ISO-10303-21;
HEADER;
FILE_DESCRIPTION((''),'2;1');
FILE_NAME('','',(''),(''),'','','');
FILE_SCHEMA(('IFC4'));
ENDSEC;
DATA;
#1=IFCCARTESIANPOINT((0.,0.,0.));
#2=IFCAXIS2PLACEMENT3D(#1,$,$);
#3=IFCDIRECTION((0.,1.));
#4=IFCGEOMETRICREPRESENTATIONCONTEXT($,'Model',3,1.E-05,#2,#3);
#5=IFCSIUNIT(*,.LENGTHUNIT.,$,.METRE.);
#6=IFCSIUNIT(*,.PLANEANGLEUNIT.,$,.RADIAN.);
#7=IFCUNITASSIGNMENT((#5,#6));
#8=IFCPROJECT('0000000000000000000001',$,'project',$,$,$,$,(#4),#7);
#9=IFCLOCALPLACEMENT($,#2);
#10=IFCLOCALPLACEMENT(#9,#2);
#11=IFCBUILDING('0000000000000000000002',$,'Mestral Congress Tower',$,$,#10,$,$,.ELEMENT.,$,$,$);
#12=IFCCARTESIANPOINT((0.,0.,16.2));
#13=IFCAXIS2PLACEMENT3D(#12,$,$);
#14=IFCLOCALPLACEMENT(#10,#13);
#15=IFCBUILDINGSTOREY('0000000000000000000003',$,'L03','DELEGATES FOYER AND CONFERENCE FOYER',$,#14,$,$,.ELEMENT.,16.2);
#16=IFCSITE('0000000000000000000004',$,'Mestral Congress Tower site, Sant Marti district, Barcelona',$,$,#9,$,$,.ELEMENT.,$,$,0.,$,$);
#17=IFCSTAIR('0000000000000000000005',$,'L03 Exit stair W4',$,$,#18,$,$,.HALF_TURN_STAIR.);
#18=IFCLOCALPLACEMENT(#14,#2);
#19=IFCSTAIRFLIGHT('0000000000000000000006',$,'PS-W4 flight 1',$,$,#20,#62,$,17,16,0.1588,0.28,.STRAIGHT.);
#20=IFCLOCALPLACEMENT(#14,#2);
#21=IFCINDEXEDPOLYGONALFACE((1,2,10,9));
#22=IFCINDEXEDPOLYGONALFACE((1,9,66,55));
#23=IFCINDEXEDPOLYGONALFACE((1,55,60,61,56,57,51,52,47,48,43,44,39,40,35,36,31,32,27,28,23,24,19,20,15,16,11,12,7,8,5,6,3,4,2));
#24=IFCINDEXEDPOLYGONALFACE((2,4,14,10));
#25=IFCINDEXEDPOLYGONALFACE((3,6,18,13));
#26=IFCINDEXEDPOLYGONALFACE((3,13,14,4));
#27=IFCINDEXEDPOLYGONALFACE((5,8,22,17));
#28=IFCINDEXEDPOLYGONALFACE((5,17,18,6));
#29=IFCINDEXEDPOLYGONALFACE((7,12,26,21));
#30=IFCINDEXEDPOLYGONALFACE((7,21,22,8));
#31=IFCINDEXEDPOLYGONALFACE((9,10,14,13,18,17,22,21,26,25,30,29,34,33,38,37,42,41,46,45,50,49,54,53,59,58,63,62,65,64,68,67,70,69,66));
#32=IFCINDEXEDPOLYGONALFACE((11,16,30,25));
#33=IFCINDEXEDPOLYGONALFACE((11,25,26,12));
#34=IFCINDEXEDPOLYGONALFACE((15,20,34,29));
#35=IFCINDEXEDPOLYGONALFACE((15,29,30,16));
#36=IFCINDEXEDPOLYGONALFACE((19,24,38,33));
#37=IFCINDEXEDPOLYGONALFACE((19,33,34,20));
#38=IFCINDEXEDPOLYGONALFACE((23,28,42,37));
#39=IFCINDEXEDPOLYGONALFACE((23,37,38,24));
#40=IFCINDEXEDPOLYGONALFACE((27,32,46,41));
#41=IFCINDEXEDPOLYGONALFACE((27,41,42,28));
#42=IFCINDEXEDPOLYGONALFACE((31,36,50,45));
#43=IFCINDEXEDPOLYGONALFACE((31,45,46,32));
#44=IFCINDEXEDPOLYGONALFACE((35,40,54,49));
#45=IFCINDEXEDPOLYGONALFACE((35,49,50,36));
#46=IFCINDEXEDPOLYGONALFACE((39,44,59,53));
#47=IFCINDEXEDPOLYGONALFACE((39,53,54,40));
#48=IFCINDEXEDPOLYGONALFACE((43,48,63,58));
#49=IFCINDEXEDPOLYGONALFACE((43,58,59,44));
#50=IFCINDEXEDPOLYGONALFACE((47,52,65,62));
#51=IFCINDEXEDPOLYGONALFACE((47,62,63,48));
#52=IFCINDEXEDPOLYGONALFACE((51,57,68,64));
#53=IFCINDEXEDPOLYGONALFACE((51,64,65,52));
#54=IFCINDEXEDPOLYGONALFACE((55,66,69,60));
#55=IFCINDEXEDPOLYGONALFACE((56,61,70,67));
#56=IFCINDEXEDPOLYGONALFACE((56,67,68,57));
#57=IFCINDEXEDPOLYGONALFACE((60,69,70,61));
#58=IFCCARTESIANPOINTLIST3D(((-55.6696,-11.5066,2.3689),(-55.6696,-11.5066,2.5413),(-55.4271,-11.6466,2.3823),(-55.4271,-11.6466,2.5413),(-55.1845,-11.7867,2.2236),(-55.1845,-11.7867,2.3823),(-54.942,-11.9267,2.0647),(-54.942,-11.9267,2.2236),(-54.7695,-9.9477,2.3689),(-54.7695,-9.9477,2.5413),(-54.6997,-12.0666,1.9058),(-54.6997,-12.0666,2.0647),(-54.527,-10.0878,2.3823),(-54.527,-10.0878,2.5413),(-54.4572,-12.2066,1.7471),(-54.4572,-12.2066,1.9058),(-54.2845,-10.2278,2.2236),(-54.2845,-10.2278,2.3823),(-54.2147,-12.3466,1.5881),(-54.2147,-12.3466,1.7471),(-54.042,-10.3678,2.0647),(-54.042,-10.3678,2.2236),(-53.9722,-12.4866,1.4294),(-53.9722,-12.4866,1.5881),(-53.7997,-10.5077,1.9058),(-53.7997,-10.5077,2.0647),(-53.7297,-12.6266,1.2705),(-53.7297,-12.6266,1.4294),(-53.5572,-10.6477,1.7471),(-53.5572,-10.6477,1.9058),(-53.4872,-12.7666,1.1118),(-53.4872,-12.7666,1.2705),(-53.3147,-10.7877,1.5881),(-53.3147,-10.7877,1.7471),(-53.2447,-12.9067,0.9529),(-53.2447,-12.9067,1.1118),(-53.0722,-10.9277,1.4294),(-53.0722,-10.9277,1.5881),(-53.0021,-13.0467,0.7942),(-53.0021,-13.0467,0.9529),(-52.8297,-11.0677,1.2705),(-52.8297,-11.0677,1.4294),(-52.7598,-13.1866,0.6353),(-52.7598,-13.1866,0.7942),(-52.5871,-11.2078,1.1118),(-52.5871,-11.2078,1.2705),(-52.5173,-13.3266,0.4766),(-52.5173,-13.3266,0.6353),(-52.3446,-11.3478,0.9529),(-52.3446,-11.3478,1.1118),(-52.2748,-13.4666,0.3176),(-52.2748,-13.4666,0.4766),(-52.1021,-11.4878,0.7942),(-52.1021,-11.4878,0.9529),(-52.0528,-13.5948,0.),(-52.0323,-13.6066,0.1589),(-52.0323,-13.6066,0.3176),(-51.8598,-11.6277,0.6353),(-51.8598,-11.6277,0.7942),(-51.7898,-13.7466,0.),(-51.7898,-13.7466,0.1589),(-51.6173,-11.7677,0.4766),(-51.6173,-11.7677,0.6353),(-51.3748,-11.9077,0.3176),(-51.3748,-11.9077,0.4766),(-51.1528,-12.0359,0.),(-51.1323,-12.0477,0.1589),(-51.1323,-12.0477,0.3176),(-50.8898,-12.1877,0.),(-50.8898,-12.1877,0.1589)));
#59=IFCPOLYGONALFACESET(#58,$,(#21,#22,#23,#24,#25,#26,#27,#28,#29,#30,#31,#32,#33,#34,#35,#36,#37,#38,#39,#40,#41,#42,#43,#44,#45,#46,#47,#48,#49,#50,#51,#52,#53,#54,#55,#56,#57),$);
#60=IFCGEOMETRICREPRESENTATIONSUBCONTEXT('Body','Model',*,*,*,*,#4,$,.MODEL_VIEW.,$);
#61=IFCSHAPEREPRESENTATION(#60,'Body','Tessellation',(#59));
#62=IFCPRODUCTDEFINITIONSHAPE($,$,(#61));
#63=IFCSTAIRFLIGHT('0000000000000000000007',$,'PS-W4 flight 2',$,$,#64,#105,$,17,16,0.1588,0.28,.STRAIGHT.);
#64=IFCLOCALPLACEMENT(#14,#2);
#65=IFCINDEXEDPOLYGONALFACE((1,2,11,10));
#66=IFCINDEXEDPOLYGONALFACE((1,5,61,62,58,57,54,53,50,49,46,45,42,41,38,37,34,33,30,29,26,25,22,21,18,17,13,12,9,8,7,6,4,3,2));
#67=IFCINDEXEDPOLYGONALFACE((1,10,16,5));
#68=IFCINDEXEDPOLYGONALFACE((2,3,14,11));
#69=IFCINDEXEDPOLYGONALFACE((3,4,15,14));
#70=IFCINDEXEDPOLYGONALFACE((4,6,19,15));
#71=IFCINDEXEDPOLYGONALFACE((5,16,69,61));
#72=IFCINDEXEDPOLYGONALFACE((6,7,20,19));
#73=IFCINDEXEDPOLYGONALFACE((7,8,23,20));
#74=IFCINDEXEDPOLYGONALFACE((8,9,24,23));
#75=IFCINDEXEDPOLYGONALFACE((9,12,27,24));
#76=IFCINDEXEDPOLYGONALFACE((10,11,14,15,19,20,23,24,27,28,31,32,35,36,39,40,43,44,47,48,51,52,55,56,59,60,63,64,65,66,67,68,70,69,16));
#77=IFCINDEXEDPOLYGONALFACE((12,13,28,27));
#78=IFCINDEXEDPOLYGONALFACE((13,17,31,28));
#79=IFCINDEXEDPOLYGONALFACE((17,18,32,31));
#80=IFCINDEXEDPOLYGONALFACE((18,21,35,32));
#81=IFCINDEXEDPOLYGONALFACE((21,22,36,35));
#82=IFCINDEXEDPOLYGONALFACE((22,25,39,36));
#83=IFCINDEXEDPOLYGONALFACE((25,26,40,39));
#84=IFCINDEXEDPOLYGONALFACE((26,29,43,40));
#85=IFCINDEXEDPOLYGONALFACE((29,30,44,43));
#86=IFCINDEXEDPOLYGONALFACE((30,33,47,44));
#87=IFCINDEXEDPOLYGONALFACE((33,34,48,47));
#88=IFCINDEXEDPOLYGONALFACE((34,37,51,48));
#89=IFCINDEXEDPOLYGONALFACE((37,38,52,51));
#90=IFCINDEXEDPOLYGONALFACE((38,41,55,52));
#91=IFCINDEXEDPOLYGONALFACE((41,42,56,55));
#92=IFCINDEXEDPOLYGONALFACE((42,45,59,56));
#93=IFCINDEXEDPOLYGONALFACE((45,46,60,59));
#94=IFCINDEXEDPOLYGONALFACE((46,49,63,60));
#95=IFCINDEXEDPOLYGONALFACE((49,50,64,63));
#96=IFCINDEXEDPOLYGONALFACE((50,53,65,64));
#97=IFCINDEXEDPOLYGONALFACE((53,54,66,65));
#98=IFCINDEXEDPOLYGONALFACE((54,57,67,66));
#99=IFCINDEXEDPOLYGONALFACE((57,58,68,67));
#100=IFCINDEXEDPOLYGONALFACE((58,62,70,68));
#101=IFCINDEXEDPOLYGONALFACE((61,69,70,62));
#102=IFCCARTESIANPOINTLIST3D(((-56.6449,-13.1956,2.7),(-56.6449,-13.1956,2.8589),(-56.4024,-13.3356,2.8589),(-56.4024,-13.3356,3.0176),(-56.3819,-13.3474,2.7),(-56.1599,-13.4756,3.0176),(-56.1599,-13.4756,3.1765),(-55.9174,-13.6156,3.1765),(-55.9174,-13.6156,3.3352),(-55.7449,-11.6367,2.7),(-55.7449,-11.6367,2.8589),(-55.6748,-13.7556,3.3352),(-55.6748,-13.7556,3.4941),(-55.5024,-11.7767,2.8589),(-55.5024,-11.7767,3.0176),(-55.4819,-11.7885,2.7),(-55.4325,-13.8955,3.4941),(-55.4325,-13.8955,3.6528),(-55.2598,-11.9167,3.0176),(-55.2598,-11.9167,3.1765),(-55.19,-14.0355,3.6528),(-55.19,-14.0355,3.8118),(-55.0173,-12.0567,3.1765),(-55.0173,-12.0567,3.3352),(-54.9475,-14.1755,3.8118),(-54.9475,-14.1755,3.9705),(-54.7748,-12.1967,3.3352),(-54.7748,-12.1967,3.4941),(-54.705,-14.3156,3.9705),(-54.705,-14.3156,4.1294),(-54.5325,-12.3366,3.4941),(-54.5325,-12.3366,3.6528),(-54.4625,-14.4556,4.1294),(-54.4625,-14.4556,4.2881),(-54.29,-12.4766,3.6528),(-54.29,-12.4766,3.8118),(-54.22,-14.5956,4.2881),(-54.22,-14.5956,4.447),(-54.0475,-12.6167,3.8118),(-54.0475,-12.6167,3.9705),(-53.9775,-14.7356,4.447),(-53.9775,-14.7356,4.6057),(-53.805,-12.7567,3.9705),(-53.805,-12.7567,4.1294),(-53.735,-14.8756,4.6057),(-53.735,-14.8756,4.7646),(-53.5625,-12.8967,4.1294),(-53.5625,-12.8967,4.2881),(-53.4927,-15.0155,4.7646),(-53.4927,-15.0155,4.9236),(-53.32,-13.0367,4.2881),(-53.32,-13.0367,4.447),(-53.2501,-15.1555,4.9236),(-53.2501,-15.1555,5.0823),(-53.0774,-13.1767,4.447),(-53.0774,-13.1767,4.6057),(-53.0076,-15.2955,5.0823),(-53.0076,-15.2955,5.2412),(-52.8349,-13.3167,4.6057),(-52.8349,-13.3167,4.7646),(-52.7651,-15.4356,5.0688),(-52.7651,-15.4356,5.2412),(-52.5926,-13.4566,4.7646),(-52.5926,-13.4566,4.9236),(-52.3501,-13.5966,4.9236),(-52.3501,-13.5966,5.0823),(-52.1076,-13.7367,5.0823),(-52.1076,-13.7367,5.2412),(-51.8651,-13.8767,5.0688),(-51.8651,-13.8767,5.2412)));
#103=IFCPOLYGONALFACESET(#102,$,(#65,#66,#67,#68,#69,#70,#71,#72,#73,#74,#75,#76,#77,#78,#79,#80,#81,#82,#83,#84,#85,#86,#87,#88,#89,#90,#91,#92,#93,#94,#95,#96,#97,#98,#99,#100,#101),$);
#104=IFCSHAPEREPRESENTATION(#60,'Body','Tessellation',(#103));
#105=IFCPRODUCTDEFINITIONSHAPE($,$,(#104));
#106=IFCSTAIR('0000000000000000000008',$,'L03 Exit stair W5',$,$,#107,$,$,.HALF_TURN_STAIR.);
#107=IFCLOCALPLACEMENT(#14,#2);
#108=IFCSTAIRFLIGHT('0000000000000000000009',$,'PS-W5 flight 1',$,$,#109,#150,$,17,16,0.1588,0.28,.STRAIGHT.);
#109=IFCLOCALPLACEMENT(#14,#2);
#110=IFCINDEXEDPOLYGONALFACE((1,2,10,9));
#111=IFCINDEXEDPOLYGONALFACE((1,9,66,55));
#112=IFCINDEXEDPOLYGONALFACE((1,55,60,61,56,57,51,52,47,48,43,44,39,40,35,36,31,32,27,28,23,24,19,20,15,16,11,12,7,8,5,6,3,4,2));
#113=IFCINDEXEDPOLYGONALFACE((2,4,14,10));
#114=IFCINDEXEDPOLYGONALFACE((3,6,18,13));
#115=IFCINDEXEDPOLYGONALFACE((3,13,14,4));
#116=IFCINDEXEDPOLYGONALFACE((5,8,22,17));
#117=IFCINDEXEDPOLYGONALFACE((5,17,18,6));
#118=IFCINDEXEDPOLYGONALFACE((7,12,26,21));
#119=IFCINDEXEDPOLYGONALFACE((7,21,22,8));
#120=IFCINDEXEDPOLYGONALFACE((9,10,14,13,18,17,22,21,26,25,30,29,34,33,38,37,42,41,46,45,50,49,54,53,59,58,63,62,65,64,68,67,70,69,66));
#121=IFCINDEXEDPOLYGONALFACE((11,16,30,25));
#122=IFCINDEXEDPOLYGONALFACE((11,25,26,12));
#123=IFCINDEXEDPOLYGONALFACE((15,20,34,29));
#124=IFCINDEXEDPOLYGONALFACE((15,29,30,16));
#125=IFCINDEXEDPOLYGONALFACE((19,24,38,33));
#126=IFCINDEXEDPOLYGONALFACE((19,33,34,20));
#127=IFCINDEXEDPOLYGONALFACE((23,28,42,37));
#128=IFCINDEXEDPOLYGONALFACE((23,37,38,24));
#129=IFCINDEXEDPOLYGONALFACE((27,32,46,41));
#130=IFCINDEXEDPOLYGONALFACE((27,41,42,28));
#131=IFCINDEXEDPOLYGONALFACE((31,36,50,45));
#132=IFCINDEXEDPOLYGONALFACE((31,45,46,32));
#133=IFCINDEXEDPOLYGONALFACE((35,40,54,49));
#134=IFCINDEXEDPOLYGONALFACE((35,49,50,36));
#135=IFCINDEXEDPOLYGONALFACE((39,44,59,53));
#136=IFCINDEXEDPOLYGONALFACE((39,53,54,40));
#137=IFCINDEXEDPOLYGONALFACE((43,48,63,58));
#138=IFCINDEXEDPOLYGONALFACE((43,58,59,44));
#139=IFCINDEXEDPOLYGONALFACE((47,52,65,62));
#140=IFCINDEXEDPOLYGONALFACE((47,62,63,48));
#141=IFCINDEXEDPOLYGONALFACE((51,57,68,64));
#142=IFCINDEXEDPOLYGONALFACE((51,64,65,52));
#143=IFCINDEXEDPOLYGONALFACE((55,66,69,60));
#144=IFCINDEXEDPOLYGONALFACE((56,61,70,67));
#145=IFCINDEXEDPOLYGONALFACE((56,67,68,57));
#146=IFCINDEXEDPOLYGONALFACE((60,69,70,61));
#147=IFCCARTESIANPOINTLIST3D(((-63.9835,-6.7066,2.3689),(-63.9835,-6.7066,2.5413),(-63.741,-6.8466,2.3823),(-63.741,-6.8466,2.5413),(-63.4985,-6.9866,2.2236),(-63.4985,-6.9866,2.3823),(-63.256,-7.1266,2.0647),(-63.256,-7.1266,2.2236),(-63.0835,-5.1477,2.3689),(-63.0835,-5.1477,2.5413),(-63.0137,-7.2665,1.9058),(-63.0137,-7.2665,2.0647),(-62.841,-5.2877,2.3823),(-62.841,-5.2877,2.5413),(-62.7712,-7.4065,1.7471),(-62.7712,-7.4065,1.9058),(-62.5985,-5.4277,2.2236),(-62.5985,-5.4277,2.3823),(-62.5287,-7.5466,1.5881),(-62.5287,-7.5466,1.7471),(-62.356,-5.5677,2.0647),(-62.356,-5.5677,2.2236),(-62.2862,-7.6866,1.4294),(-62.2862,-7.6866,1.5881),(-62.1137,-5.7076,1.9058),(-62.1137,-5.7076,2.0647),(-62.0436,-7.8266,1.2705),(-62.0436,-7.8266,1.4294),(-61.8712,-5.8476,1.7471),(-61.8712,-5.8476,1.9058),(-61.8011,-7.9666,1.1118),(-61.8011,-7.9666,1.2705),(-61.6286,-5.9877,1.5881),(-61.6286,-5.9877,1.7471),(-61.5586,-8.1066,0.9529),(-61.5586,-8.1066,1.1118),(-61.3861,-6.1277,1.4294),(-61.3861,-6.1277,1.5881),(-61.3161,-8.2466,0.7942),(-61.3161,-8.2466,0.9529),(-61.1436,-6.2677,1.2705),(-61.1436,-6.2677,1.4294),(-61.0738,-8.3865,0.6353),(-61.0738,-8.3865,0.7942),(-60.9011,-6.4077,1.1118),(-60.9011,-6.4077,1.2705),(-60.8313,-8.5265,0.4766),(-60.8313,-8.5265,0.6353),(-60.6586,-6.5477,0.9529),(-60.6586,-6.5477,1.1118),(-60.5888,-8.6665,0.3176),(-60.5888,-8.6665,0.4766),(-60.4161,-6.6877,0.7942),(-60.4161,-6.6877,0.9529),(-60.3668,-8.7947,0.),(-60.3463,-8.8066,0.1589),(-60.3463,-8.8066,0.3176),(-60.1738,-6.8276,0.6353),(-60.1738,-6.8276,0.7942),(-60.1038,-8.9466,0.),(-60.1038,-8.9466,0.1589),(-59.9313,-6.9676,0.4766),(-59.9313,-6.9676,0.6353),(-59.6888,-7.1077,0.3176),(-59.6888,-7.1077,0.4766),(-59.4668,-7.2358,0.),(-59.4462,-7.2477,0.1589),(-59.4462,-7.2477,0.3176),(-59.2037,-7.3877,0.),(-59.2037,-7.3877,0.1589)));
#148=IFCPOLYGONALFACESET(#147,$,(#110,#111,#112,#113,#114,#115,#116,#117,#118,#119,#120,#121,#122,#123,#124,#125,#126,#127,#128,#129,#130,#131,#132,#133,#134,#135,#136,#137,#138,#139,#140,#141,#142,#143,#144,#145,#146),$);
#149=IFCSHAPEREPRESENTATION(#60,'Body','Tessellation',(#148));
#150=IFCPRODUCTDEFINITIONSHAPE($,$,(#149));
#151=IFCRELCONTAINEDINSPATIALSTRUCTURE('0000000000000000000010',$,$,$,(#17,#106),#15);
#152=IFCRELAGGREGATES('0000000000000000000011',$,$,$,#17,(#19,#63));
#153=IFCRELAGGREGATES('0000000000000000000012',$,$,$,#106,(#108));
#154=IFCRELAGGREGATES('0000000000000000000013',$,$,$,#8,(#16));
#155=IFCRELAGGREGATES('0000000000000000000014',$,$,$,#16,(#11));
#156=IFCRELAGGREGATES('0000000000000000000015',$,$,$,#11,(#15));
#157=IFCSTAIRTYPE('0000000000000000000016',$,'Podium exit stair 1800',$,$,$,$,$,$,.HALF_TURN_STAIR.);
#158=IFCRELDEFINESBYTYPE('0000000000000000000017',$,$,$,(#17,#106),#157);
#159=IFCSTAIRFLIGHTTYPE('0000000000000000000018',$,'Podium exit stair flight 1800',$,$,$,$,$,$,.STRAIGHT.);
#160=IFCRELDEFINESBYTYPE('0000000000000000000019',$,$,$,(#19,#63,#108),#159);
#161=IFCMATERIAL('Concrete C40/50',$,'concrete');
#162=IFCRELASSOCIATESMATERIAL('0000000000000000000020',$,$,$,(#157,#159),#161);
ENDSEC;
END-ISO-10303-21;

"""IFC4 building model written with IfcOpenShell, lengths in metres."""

from ifc_helpers import new_model, si_unit, direction, frame, origin, place, context, subcontext, project, spatial, polyline, outline, extrude, material, type_object, element, aggregate, save


model = new_model("IFC4")

# Units and contexts
model_context = context("Model", 3, precision=1e-05, world=origin(), true_north=direction((0.0, 1.0)))
body_context = subcontext(model_context, "Body", "Model", "MODEL_VIEW")
ifc_project = project(units=[si_unit("LENGTHUNIT", "METRE"), si_unit("PLANEANGLEUNIT", "RADIAN")], contexts=[model_context])

# Site, building, storey
site_placement = place(None, origin())
site = spatial("IfcSite", under=ifc_project, at=site_placement, Name="Mestral Congress Tower site, Sant Marti district, Barcelona", CompositionType="ELEMENT", RefElevation=0.0)
building_placement = place(site_placement, origin())
building = spatial("IfcBuilding", under=site, at=building_placement, Name="Mestral Congress Tower", CompositionType="ELEMENT")
storey_placement = place(building_placement, frame((0.0, 0.0, 16.2)))
storey = spatial("IfcBuildingStorey", under=building, at=storey_placement, Name="L03", Description="DELEGATES FOYER AND CONFERENCE FOYER", CompositionType="ELEMENT", Elevation=16.2)

# Stair, stair flights
ifc_material_1 = material(Name="Concrete C40/50", Category="concrete")
stair_type = type_object("IfcStairType", Name="Podium exit stair 1800", PredefinedType="HALF_TURN_STAIR", material=ifc_material_1)
placement = place(storey_placement, origin())
stair_1 = element("IfcStair", 1, at=placement, inside=storey, type_object=stair_type, Name="L03 Exit stair W4", PredefinedType="HALF_TURN_STAIR")
stair_flight_type = type_object("IfcStairFlightType", Name="Podium exit stair flight 1800", PredefinedType="STRAIGHT", material=ifc_material_1)
stair_flight_1_placement = place(storey_placement, frame((-51.3398, -12.9673, 0.0), z_axis=(0.0, 0.0, 1.0), x_axis=(-0.866025, 0.5, 0.0)))
stair_flight_1 = element("IfcStairFlight", 2, at=stair_flight_1_placement, type_object=stair_flight_type, Name="PS-W4 flight 1", NumberOfRisers=17, NumberOfTreads=16, PredefinedType="STRAIGHT", RiserHeight=0.1588, TreadLength=0.28, context=body_context, shape_type="SweptSolid", body=[
    extrude(outline(polyline([(0.0, 0.0), (0.0, 0.1589), (0.28, 0.1589), (0.28, 0.3176), (0.5601, 0.3176), (0.5601, 0.4766), (0.8401, 0.4766), (0.8401, 0.6353), (1.1201, 0.6353), (1.1201, 0.7942), (1.3999, 0.7942), (1.3999, 0.9529), (1.6799, 0.9529), (1.6799, 1.1118), (1.96, 1.1118), (1.96, 1.2705), (2.24, 1.2705), (2.24, 1.4294), (2.52, 1.4294), (2.52, 1.5881), (2.8, 1.5881), (2.8, 1.7471), (3.0801, 1.7471), (3.0801, 1.9058), (3.3601, 1.9058), (3.3601, 2.0647), (3.6399, 2.0647), (3.6399, 2.2236), (3.9199, 2.2236), (3.9199, 2.3823), (4.2, 2.3823), (4.2, 2.5413), (4.48, 2.5413), (4.48, 2.7), (4.48, 2.3689), (0.3037, 0.0), (0.0, 0.0)])), frame((0.0, 0.8999, 0.0), z_axis=(0.0, -1.0, 0.0), x_axis=(1.0, 0.0, 0.0)), (0.0, 0.0, 1.0), 1.8),
])
stair_flight_2_placement = place(storey_placement, frame((-56.1948, -12.416, 2.7), z_axis=(0.0, 0.0, 1.0), x_axis=(0.866025, -0.5, 0.0)))
stair_flight_2 = element("IfcStairFlight", 3, at=stair_flight_2_placement, type_object=stair_flight_type, Name="PS-W4 flight 2", NumberOfRisers=17, NumberOfTreads=16, PredefinedType="STRAIGHT", RiserHeight=0.1588, TreadLength=0.28, context=body_context, shape_type="SweptSolid", body=[
    extrude(outline(polyline([(0.0, 0.0), (0.0, 0.1589), (0.28, 0.1589), (0.28, 0.3176), (0.5601, 0.3176), (0.5601, 0.4766), (0.8401, 0.4766), (0.8401, 0.6353), (1.1201, 0.6353), (1.1201, 0.7942), (1.3999, 0.7942), (1.3999, 0.9529), (1.6799, 0.9529), (1.6799, 1.1118), (1.96, 1.1118), (1.96, 1.2705), (2.24, 1.2705), (2.24, 1.4294), (2.52, 1.4294), (2.52, 1.5881), (2.8, 1.5881), (2.8, 1.7471), (3.0801, 1.7471), (3.0801, 1.9058), (3.3601, 1.9058), (3.3601, 2.0647), (3.6399, 2.0647), (3.6399, 2.2236), (3.9199, 2.2236), (3.9199, 2.3823), (4.2, 2.3823), (4.2, 2.5413), (4.48, 2.5413), (4.48, 2.7), (4.48, 2.3689), (0.3037, 0.0), (0.0, 0.0)])), frame((0.0, 0.8999, 0.0), z_axis=(0.0, -1.0, 0.0), x_axis=(1.0, 0.0, 0.0)), (0.0, 0.0, 1.0), 1.8),
])
aggregate(stair_1, [stair_flight_1, stair_flight_2])

# Stair, stair flight
stair_2 = element("IfcStair", 4, at=placement, inside=storey, type_object=stair_type, Name="L03 Exit stair W5", PredefinedType="HALF_TURN_STAIR")
stair_flight_3_placement = place(storey_placement, frame((-59.6538, -8.1672, 0.0), z_axis=(0.0, 0.0, 1.0), x_axis=(-0.866025, 0.5, 0.0)))
stair_flight_3 = element("IfcStairFlight", 5, at=stair_flight_3_placement, type_object=stair_flight_type, Name="PS-W5 flight 1", NumberOfRisers=17, NumberOfTreads=16, PredefinedType="STRAIGHT", RiserHeight=0.1588, TreadLength=0.28, context=body_context, shape_type="SweptSolid", body=[
    extrude(outline(polyline([(0.0, 0.0), (0.0, 0.1589), (0.28, 0.1589), (0.28, 0.3176), (0.5601, 0.3176), (0.5601, 0.4766), (0.8401, 0.4766), (0.8401, 0.6353), (1.1201, 0.6353), (1.1201, 0.7942), (1.3999, 0.7942), (1.3999, 0.9529), (1.6799, 0.9529), (1.6799, 1.1118), (1.96, 1.1118), (1.96, 1.2705), (2.24, 1.2705), (2.24, 1.4294), (2.52, 1.4294), (2.52, 1.5881), (2.8, 1.5881), (2.8, 1.7471), (3.0801, 1.7471), (3.0801, 1.9058), (3.3601, 1.9058), (3.3601, 2.0647), (3.6399, 2.0647), (3.6399, 2.2236), (3.9199, 2.2236), (3.9199, 2.3823), (4.2, 2.3823), (4.2, 2.5413), (4.48, 2.5413), (4.48, 2.7), (4.48, 2.3689), (0.3037, 0.0), (0.0, 0.0)])), frame((0.0, 0.8999, 0.0), z_axis=(0.0, -1.0, 0.0), x_axis=(1.0, 0.0, 0.0)), (0.0, 0.0, 1.0), 1.8),
])
aggregate(stair_2, [stair_flight_3])

save(model, "model.ifc")
